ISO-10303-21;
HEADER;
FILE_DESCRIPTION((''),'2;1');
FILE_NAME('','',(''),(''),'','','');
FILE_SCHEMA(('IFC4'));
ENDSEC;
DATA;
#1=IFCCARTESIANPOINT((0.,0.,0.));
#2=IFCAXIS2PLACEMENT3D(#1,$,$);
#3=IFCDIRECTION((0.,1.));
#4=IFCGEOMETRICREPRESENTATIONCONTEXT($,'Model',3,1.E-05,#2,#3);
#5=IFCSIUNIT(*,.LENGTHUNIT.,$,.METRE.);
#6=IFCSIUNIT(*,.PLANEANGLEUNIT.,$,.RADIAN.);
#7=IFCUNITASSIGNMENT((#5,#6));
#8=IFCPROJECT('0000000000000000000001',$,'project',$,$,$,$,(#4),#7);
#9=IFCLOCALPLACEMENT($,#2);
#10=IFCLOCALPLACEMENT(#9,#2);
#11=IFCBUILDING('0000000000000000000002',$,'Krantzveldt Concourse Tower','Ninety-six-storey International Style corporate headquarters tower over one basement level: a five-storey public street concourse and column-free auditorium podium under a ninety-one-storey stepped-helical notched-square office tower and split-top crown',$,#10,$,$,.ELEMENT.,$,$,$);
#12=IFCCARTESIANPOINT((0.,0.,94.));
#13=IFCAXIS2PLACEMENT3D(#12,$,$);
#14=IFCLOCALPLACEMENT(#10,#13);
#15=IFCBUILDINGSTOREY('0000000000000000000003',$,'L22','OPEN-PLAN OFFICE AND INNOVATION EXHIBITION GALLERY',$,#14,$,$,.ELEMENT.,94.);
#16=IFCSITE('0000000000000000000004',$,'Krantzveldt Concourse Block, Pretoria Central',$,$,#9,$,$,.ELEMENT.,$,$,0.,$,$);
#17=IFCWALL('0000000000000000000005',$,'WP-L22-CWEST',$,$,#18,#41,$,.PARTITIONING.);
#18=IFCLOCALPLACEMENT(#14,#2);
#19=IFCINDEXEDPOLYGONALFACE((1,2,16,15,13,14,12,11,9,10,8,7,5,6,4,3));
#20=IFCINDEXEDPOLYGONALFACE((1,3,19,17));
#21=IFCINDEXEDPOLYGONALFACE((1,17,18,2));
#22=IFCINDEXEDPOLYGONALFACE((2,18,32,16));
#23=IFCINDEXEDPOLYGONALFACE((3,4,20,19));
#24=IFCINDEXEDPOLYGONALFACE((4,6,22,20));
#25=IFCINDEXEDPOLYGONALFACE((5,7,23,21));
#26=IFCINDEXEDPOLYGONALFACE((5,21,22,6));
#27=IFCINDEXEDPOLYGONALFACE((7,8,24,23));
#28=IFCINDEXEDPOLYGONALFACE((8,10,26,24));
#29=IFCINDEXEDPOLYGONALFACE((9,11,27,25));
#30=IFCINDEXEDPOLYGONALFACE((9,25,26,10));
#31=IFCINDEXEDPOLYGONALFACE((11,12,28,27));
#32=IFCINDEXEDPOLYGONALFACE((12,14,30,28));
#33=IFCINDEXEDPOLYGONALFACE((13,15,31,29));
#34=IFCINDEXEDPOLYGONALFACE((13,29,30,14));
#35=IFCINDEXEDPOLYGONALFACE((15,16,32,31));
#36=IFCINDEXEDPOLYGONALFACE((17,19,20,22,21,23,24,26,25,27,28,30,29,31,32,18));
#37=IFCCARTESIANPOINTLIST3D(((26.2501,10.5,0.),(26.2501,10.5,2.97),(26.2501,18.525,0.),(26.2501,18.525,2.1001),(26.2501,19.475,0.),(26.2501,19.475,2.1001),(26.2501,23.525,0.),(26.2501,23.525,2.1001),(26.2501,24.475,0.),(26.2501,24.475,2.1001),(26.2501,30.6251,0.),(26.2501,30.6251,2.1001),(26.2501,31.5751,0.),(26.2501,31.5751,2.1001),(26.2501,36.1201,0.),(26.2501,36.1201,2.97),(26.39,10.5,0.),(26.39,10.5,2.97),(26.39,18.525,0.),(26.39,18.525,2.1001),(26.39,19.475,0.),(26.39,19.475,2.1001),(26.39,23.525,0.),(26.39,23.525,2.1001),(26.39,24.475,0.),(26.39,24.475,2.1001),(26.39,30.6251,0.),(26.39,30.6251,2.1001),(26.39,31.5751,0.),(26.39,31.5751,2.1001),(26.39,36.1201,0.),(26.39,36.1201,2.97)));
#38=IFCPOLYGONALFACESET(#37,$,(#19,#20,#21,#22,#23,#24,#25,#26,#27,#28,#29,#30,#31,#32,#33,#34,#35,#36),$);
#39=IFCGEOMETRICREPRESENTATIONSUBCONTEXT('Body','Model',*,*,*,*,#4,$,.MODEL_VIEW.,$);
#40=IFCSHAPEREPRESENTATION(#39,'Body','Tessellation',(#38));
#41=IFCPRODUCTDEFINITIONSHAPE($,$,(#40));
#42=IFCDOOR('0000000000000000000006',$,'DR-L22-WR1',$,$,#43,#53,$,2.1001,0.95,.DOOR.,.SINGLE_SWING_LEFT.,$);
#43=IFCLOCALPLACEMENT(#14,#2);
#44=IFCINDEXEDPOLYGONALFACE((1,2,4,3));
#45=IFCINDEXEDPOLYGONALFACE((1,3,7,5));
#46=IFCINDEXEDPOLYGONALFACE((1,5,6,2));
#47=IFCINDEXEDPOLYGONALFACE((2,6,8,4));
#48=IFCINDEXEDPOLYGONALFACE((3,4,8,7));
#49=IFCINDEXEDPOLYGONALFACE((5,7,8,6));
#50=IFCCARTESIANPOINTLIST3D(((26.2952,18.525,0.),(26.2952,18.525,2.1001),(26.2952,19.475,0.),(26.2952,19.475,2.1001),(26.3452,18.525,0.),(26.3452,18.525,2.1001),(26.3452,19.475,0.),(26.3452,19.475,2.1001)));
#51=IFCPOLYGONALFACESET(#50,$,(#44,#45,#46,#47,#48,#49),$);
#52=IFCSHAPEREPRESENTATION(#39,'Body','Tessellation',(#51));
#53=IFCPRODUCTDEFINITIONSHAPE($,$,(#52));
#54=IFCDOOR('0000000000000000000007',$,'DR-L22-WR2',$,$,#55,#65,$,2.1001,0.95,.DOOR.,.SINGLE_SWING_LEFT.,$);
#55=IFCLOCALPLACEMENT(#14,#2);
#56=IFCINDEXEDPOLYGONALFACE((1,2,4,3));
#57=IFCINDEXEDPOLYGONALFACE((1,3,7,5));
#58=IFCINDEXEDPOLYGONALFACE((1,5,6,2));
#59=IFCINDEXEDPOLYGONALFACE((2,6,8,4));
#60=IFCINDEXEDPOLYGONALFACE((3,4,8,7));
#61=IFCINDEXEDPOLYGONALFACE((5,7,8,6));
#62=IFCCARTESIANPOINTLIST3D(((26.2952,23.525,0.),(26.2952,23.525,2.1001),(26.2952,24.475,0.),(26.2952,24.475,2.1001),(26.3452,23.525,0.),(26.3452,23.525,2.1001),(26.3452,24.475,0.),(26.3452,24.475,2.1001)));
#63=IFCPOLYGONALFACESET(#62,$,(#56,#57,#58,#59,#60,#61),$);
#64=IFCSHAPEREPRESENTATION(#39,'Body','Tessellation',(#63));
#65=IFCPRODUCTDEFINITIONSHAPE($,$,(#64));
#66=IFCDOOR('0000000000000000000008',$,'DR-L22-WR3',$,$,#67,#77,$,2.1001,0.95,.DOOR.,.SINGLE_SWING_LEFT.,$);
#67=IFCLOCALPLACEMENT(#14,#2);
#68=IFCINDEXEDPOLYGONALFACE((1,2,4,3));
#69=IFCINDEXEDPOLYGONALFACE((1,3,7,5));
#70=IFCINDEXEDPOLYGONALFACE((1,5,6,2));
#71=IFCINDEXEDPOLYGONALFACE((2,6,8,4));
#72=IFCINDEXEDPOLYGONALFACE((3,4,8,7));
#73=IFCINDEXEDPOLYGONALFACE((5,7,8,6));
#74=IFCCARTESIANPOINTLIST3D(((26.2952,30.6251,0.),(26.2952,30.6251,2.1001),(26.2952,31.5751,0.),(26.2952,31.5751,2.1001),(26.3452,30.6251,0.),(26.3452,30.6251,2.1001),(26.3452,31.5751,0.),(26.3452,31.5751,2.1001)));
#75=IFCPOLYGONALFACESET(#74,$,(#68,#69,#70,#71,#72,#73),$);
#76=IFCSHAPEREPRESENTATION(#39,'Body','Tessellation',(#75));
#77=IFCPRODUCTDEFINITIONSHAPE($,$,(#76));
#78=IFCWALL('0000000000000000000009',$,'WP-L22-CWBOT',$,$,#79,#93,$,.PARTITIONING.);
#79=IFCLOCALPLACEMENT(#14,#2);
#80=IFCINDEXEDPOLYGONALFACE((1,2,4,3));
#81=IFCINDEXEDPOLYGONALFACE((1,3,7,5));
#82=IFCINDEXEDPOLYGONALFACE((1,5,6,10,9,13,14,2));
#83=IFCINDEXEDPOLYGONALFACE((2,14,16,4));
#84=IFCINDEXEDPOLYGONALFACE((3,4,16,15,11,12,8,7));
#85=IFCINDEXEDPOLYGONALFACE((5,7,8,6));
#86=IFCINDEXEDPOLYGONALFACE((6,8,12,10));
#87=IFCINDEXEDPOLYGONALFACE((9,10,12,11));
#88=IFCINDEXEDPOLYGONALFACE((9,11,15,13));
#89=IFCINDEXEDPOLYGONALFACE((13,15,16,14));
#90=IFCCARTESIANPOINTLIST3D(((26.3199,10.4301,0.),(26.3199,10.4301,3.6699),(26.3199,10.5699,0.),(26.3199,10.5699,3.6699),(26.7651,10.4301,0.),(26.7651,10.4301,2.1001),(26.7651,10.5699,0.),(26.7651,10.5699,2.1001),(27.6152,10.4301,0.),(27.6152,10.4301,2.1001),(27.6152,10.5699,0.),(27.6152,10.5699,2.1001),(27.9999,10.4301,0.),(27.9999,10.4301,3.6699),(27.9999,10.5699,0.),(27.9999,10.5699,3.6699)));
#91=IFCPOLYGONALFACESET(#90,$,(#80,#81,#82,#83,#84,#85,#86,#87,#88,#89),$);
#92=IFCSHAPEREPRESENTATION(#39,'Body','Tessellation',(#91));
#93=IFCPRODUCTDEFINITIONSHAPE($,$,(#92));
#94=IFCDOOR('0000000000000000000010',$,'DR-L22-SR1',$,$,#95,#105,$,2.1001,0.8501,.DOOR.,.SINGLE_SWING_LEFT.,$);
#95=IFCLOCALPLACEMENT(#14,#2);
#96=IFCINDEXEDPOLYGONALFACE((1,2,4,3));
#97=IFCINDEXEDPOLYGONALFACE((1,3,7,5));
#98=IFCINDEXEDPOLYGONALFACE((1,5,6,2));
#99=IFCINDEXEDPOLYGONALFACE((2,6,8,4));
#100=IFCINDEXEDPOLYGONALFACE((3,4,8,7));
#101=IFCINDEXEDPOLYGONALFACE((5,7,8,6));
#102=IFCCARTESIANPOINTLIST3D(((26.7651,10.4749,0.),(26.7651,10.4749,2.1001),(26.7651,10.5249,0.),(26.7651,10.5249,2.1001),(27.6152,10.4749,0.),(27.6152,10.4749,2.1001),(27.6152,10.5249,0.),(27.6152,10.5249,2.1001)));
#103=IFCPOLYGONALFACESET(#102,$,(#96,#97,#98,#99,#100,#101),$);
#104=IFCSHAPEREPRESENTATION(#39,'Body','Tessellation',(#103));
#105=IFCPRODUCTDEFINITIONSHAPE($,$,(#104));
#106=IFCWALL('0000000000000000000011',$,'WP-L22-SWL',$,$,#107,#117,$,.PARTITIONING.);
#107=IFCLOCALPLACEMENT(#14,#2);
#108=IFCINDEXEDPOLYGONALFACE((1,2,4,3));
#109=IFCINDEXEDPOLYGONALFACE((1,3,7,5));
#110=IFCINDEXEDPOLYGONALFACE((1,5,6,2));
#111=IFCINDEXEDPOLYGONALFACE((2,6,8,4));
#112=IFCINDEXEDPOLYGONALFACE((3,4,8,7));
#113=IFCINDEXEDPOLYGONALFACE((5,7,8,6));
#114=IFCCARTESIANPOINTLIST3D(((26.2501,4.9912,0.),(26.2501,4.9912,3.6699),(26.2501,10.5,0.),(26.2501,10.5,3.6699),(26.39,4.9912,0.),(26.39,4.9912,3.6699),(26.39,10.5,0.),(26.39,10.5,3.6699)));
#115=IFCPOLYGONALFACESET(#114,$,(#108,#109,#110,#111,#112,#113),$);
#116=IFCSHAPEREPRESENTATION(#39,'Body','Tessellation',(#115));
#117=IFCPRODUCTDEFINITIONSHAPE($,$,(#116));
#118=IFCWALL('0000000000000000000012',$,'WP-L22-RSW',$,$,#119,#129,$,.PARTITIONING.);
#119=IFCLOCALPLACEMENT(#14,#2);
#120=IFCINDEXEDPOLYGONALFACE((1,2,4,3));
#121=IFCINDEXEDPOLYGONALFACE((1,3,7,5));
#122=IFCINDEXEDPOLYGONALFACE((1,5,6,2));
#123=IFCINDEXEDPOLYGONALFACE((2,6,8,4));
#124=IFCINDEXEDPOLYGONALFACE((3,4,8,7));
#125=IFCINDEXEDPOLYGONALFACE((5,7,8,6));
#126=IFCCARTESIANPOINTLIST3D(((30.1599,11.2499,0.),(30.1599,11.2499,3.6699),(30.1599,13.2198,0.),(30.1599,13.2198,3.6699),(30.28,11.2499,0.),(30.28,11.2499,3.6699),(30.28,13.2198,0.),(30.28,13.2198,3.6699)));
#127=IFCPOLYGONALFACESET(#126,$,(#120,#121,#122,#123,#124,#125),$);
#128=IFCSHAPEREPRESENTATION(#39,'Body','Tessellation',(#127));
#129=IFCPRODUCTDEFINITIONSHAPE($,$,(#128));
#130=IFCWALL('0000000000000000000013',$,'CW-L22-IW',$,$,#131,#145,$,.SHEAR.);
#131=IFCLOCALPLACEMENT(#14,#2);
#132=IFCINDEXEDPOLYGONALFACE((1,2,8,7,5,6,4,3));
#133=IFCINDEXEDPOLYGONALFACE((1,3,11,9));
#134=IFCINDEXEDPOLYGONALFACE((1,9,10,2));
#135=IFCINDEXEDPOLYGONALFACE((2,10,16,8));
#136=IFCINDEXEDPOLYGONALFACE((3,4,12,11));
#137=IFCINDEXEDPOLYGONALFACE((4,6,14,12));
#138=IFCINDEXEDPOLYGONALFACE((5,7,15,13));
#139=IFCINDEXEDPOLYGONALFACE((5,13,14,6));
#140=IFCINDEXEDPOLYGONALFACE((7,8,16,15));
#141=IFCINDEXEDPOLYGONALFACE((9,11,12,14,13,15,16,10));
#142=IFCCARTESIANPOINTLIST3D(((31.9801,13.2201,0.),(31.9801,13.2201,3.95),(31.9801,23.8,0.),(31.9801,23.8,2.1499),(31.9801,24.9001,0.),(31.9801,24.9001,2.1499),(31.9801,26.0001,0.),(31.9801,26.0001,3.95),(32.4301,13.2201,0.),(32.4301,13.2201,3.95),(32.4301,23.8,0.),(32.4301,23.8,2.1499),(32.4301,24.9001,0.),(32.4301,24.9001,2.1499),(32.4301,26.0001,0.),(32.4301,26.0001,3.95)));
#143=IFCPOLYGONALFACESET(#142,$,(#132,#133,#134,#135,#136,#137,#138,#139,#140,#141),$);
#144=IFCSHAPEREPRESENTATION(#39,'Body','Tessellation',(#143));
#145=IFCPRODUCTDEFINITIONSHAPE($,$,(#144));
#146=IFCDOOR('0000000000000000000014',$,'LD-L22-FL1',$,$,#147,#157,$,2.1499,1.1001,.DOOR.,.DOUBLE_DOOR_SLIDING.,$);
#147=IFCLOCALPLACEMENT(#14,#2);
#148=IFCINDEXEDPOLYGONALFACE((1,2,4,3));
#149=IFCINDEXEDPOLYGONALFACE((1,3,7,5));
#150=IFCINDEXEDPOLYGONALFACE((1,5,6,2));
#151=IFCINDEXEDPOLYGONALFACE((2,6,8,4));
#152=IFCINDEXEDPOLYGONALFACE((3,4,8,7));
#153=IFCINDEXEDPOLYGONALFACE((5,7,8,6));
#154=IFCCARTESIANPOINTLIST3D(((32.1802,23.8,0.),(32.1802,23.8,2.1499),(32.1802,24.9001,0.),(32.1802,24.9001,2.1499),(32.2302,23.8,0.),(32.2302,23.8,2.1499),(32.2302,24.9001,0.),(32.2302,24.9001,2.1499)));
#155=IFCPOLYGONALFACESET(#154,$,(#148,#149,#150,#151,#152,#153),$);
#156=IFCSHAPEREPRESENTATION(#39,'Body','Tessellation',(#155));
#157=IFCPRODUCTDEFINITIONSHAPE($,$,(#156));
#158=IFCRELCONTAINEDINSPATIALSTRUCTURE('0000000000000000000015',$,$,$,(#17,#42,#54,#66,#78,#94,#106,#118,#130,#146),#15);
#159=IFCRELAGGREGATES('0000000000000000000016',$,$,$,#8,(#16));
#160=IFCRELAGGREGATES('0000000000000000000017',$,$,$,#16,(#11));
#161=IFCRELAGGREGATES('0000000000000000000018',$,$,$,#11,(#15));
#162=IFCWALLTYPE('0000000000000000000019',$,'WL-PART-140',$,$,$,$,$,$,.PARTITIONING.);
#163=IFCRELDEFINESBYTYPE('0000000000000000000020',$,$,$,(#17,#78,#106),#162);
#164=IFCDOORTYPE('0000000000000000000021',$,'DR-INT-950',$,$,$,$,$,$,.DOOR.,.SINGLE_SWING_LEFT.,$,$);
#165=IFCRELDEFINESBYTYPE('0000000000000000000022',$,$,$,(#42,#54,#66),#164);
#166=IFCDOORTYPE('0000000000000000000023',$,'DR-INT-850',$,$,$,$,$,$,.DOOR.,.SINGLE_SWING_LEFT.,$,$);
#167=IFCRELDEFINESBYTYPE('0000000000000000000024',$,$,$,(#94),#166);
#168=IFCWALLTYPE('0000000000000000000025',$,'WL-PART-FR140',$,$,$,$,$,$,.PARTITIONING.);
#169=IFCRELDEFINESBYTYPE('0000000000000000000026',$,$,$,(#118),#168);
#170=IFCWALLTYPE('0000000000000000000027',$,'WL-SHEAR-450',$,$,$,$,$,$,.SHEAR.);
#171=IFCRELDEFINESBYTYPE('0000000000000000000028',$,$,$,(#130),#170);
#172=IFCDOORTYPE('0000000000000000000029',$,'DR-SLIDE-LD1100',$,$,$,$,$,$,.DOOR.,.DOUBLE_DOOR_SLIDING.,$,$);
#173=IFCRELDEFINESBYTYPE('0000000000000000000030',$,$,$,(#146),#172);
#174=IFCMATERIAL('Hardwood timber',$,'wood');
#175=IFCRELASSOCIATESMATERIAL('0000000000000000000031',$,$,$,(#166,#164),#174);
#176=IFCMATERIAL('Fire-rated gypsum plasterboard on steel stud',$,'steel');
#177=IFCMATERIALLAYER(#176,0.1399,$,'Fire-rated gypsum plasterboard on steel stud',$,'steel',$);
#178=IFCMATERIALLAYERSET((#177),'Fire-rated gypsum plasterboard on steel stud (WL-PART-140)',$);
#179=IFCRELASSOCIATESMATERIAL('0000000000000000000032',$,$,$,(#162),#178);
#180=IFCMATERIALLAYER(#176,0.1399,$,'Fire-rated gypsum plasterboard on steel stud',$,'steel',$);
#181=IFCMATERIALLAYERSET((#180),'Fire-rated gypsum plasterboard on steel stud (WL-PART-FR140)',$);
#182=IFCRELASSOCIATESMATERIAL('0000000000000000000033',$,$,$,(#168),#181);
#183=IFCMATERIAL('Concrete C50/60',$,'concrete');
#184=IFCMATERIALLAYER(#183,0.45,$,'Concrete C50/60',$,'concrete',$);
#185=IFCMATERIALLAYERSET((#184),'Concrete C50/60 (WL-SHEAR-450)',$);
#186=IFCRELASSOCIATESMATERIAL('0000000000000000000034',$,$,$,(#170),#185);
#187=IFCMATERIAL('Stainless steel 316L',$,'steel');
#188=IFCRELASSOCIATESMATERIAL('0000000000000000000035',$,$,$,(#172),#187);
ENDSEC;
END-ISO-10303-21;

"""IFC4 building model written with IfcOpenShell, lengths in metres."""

from ifc_helpers import new_model, si_unit, direction, frame, frame_2d, origin, place, context, subcontext, project, spatial, rectangle, extrude, material, layer, layer_set, type_object, element, fill, save


model = new_model("IFC4")

# Units and contexts
model_context = context("Model", 3, precision=1e-05, world=origin(), true_north=direction((0.0, 1.0)))
body_context = subcontext(model_context, "Body", "Model", "MODEL_VIEW")
ifc_project = project(units=[si_unit("LENGTHUNIT", "METRE"), si_unit("PLANEANGLEUNIT", "RADIAN")], contexts=[model_context])

# Site, building, storey
site_placement = place(None, origin())
site = spatial("IfcSite", under=ifc_project, at=site_placement, Name="Krantzveldt Concourse Block, Pretoria Central", CompositionType="ELEMENT", RefElevation=0.0)
building_placement = place(site_placement, origin())
building = spatial("IfcBuilding", under=site, at=building_placement, Name="Krantzveldt Concourse Tower", Description="Ninety-six-storey International Style corporate headquarters tower over one basement level: a five-storey public street concourse and column-free auditorium podium under a ninety-one-storey stepped-helical notched-square office tower and split-top crown", CompositionType="ELEMENT")
storey_placement = place(building_placement, frame((0.0, 0.0, 94.0)))
storey = spatial("IfcBuildingStorey", under=building, at=storey_placement, Name="L22", Description="OPEN-PLAN OFFICE AND INNOVATION EXHIBITION GALLERY", CompositionType="ELEMENT", Elevation=94.0)

# Shared definitions
ifc_material_1 = material(Name="Fire-rated gypsum plasterboard on steel stud", Category="steel")
ifc_material_2 = material(Name="Hardwood timber", Category="wood")
door_type_1 = type_object("IfcDoorType", Name="DR-INT-850", OperationType="SINGLE_SWING_LEFT", PredefinedType="DOOR", material=ifc_material_2)

# Wall, openings, doors
ifc_layer_1 = layer(ifc_material_1, 0.1399, Name="Fire-rated gypsum plasterboard on steel stud", Category="steel")
ifc_layer_set_1 = layer_set([ifc_layer_1], Name="Fire-rated gypsum plasterboard on steel stud (WL-PART-140)")
wall_type_1 = type_object("IfcWallType", Name="WL-PART-140", PredefinedType="PARTITIONING", material=ifc_layer_set_1)
wall_1_placement = place(storey_placement, frame((26.3201, 10.5, 0.0), z_axis=(0.0, 0.0, 1.0), x_axis=(0.0, 1.0, 0.0)))
wall_1 = element("IfcWall", 1, at=wall_1_placement, inside=storey, type_object=wall_type_1, Name="WP-L22-CWEST", PredefinedType="PARTITIONING", context=body_context, shape_type="SweptSolid", body=[
    extrude(rectangle(XDim=25.6201, YDim=0.1399, at=frame_2d((12.8101, 0.0))), origin(), (0.0, 0.0, 1.0), 2.97),
])
opening_1_placement = place(wall_1_placement, frame((8.0249, 0.0, 0.0)))
opening_1 = element("IfcOpeningElement", 2, at=opening_1_placement, cuts=wall_1, PredefinedType="OPENING", context=body_context, shape_type="SweptSolid", body=[
    extrude(rectangle(XDim=0.95, YDim=2.1001, at=frame_2d((0.4751, 1.05))), frame((0.0, 0.0801, 0.0), z_axis=(0.0, -1.0, 0.0), x_axis=(1.0, 0.0, 0.0)), (0.0, 0.0, 1.0), 0.1599),
])
opening_2_placement = place(wall_1_placement, frame((13.0249, 0.0, 0.0)))
opening_2 = element("IfcOpeningElement", 3, at=opening_2_placement, cuts=wall_1, PredefinedType="OPENING", context=body_context, shape_type="SweptSolid", body=[
    extrude(rectangle(XDim=0.95, YDim=2.1001, at=frame_2d((0.4751, 1.05))), frame((0.0, 0.0801, 0.0), z_axis=(0.0, -1.0, 0.0), x_axis=(1.0, 0.0, 0.0)), (0.0, 0.0, 1.0), 0.1599),
])
opening_3_placement = place(wall_1_placement, frame((20.125, 0.0, 0.0)))
opening_3 = element("IfcOpeningElement", 4, at=opening_3_placement, cuts=wall_1, PredefinedType="OPENING", context=body_context, shape_type="SweptSolid", body=[
    extrude(rectangle(XDim=0.95, YDim=2.1001, at=frame_2d((0.4751, 1.05))), frame((0.0, 0.0801, 0.0), z_axis=(0.0, -1.0, 0.0), x_axis=(1.0, 0.0, 0.0)), (0.0, 0.0, 1.0), 0.1599),
])
door_type_2 = type_object("IfcDoorType", Name="DR-INT-950", OperationType="SINGLE_SWING_LEFT", PredefinedType="DOOR", material=ifc_material_2)
door_1_placement = place(opening_1_placement, origin())
door_1 = element("IfcDoor", 5, at=door_1_placement, inside=storey, type_object=door_type_2, Name="DR-L22-WR1", OperationType="SINGLE_SWING_LEFT", OverallHeight=2.1001, OverallWidth=0.95, PredefinedType="DOOR", context=body_context, shape_type="SweptSolid", body=[
    extrude(rectangle(XDim=0.95, YDim=2.1001, at=frame_2d((0.4751, 1.05))), frame((0.0, 0.0249, 0.0), z_axis=(0.0, -1.0, 0.0), x_axis=(1.0, 0.0, 0.0)), (0.0, 0.0, 1.0), 0.05),
])
fill(opening_1, door_1)
door_2_placement = place(opening_2_placement, origin())
door_2 = element("IfcDoor", 6, at=door_2_placement, inside=storey, type_object=door_type_2, Name="DR-L22-WR2", OperationType="SINGLE_SWING_LEFT", OverallHeight=2.1001, OverallWidth=0.95, PredefinedType="DOOR", context=body_context, shape_type="SweptSolid", body=[
    extrude(rectangle(XDim=0.95, YDim=2.1001, at=frame_2d((0.4751, 1.05))), frame((0.0, 0.0249, 0.0), z_axis=(0.0, -1.0, 0.0), x_axis=(1.0, 0.0, 0.0)), (0.0, 0.0, 1.0), 0.05),
])
fill(opening_2, door_2)
door_3_placement = place(opening_3_placement, origin())
door_3 = element("IfcDoor", 7, at=door_3_placement, inside=storey, type_object=door_type_2, Name="DR-L22-WR3", OperationType="SINGLE_SWING_LEFT", OverallHeight=2.1001, OverallWidth=0.95, PredefinedType="DOOR", context=body_context, shape_type="SweptSolid", body=[
    extrude(rectangle(XDim=0.95, YDim=2.1001, at=frame_2d((0.4751, 1.05))), frame((0.0, 0.0249, 0.0), z_axis=(0.0, -1.0, 0.0), x_axis=(1.0, 0.0, 0.0)), (0.0, 0.0, 1.0), 0.05),
])
fill(opening_3, door_3)

# Wall, opening, door
wall_2_placement = place(storey_placement, frame((26.3201, 10.5, 0.0), z_axis=(0.0, 0.0, 1.0), x_axis=(1.0, 0.0, 0.0)))
wall_2 = element("IfcWall", 8, at=wall_2_placement, inside=storey, type_object=wall_type_1, Name="WP-L22-CWBOT", PredefinedType="PARTITIONING", context=body_context, shape_type="SweptSolid", body=[
    extrude(rectangle(XDim=1.6799, YDim=0.1399, at=frame_2d((0.8398, 0.0))), origin(), (0.0, 0.0, 1.0), 3.6699),
])
opening_4_placement = place(wall_2_placement, frame((0.4451, 0.0, 0.0)))
opening_4 = element("IfcOpeningElement", 9, at=opening_4_placement, cuts=wall_2, PredefinedType="OPENING", context=body_context, shape_type="SweptSolid", body=[
    extrude(rectangle(XDim=0.8501, YDim=2.1001, at=frame_2d((0.425, 1.05))), frame((0.0, 0.0801, 0.0), z_axis=(0.0, -1.0, 0.0), x_axis=(1.0, 0.0, 0.0)), (0.0, 0.0, 1.0), 0.1599),
])
door_4_placement = place(opening_4_placement, origin())
door_4 = element("IfcDoor", 10, at=door_4_placement, inside=storey, type_object=door_type_1, Name="DR-L22-SR1", OperationType="SINGLE_SWING_LEFT", OverallHeight=2.1001, OverallWidth=0.8501, PredefinedType="DOOR", context=body_context, shape_type="SweptSolid", body=[
    extrude(rectangle(XDim=0.8501, YDim=2.1001, at=frame_2d((0.425, 1.05))), frame((0.0, 0.0249, 0.0), z_axis=(0.0, -1.0, 0.0), x_axis=(1.0, 0.0, 0.0)), (0.0, 0.0, 1.0), 0.05),
])
fill(opening_4, door_4)

# Walls
wall_3_placement = place(storey_placement, frame((26.3201, 4.9912, 0.0), z_axis=(0.0, 0.0, 1.0), x_axis=(0.0, 1.0, 0.0)))
element("IfcWall", 11, at=wall_3_placement, inside=storey, type_object=wall_type_1, Name="WP-L22-SWL", PredefinedType="PARTITIONING", context=body_context, shape_type="SweptSolid", body=[
    extrude(rectangle(XDim=5.5088, YDim=0.1399, at=frame_2d((2.7544, 0.0))), origin(), (0.0, 0.0, 1.0), 3.6699),
])
ifc_layer_2 = layer(ifc_material_1, 0.1399, Name="Fire-rated gypsum plasterboard on steel stud", Category="steel")
ifc_layer_set_2 = layer_set([ifc_layer_2], Name="Fire-rated gypsum plasterboard on steel stud (WL-PART-FR140)")
wall_type_2 = type_object("IfcWallType", Name="WL-PART-FR140", PredefinedType="PARTITIONING", material=ifc_layer_set_2)
wall_4_placement = place(storey_placement, frame((30.22, 11.25, 0.0), z_axis=(0.0, 0.0, 1.0), x_axis=(0.0, 1.0, 0.0)))
element("IfcWall", 12, at=wall_4_placement, inside=storey, type_object=wall_type_2, Name="WP-L22-RSW", PredefinedType="PARTITIONING", context=body_context, shape_type="SweptSolid", body=[
    extrude(rectangle(XDim=1.97, YDim=0.1201, at=frame_2d((0.9849, 0.0))), origin(), (0.0, 0.0, 1.0), 3.6699),
])

# Wall, opening, door
ifc_material_3 = material(Name="Concrete C50/60", Category="concrete")
ifc_layer_3 = layer(ifc_material_3, 0.45, Name="Concrete C50/60", Category="concrete")
ifc_layer_set_3 = layer_set([ifc_layer_3], Name="Concrete C50/60 (WL-SHEAR-450)")
wall_type_3 = type_object("IfcWallType", Name="WL-SHEAR-450", PredefinedType="SHEAR", material=ifc_layer_set_3)
wall_5_placement = place(storey_placement, frame((32.2051, 13.22, 0.0), z_axis=(0.0, 0.0, 1.0), x_axis=(0.0, 1.0, 0.0)))
wall_5 = element("IfcWall", 13, at=wall_5_placement, inside=storey, type_object=wall_type_3, Name="CW-L22-IW", PredefinedType="SHEAR", context=body_context, shape_type="SweptSolid", body=[
    extrude(rectangle(XDim=12.78, YDim=0.45, at=frame_2d((6.3901, 0.0))), origin(), (0.0, 0.0, 1.0), 3.95),
])
opening_5_placement = place(wall_5_placement, frame((10.5801, 0.0, 0.0)))
opening_5 = element("IfcOpeningElement", 14, at=opening_5_placement, cuts=wall_5, PredefinedType="OPENING", context=body_context, shape_type="SweptSolid", body=[
    extrude(rectangle(XDim=1.1001, YDim=2.1499, at=frame_2d((0.55, 1.075))), frame((0.0, 0.2349, 0.0), z_axis=(0.0, -1.0, 0.0), x_axis=(1.0, 0.0, 0.0)), (0.0, 0.0, 1.0), 0.47),
])
ifc_material_4 = material(Name="Stainless steel 316L", Category="steel")
door_type_3 = type_object("IfcDoorType", Name="DR-SLIDE-LD1100", OperationType="DOUBLE_DOOR_SLIDING", PredefinedType="DOOR", material=ifc_material_4)
door_5_placement = place(opening_5_placement, origin())
door_5 = element("IfcDoor", 15, at=door_5_placement, inside=storey, type_object=door_type_3, Name="LD-L22-FL1", OperationType="DOUBLE_DOOR_SLIDING", OverallHeight=2.1499, OverallWidth=1.1001, PredefinedType="DOOR", context=body_context, shape_type="SweptSolid", body=[
    extrude(rectangle(XDim=1.1001, YDim=2.1499, at=frame_2d((0.55, 1.075))), frame((0.0, 0.0249, 0.0), z_axis=(0.0, -1.0, 0.0), x_axis=(1.0, 0.0, 0.0)), (0.0, 0.0, 1.0), 0.05),
])
fill(opening_5, door_5)

save(model, "model.ifc")
